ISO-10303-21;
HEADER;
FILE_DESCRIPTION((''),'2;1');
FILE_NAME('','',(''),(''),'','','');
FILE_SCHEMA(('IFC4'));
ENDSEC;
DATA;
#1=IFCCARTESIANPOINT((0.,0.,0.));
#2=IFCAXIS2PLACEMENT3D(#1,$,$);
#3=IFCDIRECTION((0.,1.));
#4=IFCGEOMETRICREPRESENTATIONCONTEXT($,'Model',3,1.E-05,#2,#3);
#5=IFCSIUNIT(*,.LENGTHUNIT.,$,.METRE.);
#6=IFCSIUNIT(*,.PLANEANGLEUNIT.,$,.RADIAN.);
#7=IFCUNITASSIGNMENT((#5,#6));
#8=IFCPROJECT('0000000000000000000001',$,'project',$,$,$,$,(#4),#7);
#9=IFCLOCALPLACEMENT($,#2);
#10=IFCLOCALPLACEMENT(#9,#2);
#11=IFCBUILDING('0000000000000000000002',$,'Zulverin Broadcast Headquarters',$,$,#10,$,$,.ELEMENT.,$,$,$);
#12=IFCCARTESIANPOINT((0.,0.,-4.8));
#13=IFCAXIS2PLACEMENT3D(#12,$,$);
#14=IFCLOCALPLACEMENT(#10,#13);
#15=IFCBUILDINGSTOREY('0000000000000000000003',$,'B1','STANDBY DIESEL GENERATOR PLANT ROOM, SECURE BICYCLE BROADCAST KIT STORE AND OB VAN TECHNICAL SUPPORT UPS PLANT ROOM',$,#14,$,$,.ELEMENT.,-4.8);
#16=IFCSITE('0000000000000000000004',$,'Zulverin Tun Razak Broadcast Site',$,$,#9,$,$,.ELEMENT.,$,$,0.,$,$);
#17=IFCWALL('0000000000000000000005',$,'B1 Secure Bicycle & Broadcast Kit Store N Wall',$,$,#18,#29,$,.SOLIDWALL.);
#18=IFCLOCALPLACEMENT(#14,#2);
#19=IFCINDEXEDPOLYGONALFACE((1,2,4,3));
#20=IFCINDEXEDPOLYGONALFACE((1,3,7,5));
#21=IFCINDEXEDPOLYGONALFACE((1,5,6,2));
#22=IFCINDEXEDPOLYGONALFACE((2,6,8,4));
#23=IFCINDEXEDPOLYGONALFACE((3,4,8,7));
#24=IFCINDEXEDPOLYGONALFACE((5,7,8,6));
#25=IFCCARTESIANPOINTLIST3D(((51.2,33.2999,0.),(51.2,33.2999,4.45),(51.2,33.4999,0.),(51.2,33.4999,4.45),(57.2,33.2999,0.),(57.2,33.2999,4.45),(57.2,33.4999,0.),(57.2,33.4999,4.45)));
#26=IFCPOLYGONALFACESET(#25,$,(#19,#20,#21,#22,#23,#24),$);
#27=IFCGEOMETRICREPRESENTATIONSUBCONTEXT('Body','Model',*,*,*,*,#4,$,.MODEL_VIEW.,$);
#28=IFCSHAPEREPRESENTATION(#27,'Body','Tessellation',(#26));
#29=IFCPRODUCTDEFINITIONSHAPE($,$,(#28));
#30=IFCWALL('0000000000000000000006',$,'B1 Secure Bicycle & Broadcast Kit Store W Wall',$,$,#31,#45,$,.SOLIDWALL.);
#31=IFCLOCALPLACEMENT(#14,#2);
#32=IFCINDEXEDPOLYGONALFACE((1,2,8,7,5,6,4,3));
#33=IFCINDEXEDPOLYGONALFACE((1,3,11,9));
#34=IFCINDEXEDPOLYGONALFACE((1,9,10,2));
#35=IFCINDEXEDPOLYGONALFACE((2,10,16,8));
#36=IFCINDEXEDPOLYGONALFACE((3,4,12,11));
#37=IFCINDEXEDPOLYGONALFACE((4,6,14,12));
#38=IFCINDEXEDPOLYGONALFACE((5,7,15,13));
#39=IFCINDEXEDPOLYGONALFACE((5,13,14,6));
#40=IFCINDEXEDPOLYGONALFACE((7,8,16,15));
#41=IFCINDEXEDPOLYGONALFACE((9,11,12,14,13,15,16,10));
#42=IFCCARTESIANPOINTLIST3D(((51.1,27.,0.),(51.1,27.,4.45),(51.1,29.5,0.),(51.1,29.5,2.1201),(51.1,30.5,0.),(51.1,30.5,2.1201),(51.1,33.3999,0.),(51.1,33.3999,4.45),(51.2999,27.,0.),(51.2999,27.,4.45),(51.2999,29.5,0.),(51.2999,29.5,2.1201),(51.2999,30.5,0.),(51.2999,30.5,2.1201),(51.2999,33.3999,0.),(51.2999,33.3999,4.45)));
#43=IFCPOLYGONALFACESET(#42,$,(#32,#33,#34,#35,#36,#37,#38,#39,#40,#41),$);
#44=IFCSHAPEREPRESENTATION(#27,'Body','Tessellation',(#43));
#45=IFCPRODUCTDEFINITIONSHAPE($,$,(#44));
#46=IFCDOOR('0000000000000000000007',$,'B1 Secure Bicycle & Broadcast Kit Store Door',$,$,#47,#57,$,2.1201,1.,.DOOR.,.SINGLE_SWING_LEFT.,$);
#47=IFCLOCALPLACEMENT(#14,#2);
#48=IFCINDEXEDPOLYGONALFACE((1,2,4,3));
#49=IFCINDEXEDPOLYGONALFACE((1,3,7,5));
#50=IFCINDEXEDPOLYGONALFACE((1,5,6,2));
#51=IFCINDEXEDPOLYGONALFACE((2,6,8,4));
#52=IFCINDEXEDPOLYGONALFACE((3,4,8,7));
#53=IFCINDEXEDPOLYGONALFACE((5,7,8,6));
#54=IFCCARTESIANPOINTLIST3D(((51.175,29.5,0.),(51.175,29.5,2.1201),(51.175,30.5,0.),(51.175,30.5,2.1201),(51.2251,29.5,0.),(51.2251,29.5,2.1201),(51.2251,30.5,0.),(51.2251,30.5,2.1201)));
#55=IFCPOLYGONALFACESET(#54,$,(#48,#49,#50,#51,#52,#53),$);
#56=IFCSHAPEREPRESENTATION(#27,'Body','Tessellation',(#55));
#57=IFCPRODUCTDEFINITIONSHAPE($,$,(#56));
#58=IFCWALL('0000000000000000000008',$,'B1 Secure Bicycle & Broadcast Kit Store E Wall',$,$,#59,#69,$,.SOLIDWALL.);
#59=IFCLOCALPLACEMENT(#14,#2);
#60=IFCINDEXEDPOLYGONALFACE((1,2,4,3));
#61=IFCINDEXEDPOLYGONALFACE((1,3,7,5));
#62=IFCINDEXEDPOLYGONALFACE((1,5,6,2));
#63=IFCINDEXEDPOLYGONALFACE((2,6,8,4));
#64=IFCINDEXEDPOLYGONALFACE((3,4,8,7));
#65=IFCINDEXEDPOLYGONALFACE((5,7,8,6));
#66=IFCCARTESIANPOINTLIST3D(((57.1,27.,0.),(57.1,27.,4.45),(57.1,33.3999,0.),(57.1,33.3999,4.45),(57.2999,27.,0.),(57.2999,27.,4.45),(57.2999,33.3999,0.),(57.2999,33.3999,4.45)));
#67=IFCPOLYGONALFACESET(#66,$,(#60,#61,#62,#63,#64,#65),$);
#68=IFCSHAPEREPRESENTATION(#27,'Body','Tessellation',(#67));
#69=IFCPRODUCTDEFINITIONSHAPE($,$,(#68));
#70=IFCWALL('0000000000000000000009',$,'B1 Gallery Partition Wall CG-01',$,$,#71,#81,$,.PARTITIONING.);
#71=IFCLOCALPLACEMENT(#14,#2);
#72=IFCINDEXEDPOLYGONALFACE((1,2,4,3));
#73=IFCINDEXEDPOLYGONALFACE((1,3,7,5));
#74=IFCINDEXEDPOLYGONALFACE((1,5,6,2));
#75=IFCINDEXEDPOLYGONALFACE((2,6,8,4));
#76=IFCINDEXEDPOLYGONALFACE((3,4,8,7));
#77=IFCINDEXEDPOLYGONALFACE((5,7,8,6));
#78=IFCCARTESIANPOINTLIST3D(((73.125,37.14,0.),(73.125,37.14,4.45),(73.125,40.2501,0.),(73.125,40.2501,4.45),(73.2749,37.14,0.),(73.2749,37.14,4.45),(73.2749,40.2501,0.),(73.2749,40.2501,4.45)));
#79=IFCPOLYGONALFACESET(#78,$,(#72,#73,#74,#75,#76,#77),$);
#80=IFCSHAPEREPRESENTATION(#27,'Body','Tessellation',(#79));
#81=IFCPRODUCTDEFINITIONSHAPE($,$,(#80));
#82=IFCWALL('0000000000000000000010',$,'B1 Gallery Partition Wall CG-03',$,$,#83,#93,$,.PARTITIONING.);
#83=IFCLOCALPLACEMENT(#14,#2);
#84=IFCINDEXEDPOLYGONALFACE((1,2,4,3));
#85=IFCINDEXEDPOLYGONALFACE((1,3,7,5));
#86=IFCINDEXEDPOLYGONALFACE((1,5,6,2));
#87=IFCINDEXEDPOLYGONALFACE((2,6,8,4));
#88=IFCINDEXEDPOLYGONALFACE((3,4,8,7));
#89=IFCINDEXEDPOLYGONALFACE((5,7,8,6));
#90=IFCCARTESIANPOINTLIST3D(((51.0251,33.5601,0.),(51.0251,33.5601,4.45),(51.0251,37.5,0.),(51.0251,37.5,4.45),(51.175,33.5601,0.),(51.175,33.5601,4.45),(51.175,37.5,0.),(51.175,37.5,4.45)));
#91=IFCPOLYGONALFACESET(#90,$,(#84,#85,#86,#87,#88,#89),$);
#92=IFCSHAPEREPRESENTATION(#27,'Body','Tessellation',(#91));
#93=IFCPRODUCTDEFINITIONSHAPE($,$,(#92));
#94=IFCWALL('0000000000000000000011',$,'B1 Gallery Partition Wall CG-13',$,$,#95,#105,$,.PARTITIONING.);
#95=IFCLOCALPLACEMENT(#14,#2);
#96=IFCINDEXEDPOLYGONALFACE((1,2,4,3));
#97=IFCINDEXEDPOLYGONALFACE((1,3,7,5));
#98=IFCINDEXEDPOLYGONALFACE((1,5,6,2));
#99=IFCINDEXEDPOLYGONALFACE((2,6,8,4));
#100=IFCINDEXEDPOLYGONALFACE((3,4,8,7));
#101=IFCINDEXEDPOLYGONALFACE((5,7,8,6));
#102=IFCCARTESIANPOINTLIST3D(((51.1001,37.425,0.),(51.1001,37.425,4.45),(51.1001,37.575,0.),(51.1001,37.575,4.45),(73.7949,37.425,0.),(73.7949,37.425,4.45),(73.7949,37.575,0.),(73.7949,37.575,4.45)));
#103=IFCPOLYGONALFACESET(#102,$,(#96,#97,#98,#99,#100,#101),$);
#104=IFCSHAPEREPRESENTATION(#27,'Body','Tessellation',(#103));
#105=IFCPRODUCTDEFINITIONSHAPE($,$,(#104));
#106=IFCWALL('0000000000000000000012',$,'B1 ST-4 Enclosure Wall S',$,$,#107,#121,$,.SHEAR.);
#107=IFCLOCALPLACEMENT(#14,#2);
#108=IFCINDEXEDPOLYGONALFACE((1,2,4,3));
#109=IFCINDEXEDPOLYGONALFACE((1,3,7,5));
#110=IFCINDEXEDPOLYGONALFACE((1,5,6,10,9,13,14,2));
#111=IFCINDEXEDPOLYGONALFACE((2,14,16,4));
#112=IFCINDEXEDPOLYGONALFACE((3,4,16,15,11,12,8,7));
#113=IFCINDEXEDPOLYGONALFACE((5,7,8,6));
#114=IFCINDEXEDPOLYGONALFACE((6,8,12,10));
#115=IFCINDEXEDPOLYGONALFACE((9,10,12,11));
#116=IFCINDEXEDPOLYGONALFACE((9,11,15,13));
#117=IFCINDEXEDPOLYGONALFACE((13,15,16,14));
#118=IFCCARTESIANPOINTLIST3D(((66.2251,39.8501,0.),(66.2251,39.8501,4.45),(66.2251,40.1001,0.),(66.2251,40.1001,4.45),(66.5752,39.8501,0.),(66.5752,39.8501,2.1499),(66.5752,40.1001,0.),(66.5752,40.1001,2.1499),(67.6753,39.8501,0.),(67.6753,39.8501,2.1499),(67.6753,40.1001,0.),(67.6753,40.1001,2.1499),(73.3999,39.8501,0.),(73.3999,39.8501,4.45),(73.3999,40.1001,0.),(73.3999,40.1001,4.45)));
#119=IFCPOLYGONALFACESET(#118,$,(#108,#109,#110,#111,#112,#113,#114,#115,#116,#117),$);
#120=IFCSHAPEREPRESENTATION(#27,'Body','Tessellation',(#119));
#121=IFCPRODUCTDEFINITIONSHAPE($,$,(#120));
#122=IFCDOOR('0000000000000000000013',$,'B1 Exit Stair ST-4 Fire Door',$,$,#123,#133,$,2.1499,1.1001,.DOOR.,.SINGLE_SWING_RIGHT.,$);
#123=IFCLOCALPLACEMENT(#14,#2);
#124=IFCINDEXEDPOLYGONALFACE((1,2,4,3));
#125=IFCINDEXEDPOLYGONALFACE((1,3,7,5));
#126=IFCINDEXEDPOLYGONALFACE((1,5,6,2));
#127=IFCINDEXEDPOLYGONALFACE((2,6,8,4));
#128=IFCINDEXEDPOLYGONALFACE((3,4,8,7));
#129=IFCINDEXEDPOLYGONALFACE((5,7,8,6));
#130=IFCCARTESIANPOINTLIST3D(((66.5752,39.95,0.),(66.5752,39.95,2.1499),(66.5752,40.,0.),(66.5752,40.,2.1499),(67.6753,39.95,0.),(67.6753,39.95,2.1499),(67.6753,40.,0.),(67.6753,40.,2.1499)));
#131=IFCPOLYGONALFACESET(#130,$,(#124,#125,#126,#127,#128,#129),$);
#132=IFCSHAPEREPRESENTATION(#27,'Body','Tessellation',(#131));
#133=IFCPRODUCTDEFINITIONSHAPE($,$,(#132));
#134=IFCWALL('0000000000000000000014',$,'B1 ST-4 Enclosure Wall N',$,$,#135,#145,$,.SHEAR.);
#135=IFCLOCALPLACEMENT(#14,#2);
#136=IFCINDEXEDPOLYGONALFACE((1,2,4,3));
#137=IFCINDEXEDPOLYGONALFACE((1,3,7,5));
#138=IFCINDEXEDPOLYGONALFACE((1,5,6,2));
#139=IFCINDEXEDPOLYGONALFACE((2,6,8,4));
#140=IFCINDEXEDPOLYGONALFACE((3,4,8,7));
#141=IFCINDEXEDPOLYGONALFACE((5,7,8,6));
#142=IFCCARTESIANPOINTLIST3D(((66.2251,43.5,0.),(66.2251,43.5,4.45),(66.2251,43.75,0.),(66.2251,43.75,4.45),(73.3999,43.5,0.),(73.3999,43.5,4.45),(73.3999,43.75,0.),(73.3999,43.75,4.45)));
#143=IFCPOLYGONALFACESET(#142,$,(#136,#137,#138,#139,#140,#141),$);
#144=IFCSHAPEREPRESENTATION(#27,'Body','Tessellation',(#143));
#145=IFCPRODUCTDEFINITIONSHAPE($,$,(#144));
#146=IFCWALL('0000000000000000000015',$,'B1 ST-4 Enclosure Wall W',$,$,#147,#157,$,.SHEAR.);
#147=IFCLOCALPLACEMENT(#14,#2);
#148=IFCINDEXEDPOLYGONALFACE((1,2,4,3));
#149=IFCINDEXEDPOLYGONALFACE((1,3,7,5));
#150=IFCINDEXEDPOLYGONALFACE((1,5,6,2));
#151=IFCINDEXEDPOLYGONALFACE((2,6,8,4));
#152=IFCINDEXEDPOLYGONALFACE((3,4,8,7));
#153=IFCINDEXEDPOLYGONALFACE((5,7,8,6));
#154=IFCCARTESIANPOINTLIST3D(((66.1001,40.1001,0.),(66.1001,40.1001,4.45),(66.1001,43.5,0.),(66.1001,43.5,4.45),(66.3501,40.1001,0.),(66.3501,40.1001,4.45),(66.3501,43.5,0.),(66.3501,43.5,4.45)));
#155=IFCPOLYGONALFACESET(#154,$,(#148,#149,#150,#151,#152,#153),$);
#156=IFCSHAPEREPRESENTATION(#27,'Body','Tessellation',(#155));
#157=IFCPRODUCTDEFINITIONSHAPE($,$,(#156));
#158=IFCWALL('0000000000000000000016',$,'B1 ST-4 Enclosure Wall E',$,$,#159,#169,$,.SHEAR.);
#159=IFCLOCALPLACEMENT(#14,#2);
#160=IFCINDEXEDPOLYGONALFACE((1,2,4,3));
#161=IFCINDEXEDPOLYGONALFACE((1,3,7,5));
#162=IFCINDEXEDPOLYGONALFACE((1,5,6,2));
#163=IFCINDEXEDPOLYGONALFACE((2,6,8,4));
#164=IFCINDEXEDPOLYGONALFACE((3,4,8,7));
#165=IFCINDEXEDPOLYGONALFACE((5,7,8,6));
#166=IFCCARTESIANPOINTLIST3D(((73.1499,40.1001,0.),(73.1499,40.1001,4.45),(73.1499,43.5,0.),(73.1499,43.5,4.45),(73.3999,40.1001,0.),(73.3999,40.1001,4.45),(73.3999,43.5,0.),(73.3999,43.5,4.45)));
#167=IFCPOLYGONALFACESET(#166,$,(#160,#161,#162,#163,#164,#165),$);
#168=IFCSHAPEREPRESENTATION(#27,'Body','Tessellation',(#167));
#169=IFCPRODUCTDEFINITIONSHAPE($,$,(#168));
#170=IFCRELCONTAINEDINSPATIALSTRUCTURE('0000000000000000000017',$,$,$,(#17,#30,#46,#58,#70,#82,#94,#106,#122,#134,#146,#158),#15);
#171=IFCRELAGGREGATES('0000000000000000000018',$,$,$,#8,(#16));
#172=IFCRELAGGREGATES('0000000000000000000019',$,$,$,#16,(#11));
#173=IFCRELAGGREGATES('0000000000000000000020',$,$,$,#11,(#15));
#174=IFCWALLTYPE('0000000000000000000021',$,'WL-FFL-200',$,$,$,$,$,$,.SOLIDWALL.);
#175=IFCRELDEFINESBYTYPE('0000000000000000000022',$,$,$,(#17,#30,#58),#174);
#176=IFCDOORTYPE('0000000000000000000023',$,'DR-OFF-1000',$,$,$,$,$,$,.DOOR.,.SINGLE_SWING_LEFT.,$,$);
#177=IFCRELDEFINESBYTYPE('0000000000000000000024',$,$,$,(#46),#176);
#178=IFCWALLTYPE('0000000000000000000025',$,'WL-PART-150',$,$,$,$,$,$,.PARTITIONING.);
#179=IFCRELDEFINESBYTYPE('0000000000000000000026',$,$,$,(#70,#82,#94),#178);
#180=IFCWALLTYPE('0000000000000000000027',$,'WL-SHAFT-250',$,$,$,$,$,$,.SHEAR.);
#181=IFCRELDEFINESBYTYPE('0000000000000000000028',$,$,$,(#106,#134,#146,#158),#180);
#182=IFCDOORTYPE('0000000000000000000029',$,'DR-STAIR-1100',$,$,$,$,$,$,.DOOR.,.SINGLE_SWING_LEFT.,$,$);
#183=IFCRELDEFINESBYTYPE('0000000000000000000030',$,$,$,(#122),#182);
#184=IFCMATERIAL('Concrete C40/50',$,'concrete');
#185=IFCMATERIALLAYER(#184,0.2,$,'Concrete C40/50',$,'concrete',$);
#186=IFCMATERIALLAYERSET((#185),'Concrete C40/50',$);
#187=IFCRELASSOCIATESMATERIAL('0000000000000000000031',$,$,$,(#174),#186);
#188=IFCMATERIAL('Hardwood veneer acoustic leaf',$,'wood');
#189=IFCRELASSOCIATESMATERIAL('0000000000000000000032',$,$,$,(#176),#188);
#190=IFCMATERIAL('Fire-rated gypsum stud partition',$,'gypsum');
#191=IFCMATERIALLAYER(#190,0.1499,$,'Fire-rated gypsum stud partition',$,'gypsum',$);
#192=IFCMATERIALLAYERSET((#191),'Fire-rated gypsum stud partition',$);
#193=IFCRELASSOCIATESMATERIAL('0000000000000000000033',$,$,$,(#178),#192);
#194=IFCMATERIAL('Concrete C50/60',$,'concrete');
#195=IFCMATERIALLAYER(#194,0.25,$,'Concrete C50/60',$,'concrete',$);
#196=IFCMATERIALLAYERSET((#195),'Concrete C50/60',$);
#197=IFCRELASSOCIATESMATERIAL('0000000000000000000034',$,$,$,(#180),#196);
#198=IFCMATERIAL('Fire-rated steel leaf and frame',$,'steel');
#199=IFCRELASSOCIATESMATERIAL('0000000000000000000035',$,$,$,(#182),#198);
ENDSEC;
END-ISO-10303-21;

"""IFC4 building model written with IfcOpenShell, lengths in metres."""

from ifc_helpers import new_model, si_unit, direction, frame, frame_2d, origin, place, context, subcontext, project, spatial, rectangle, extrude, material, layer, layer_set, type_object, element, fill, save


model = new_model("IFC4")

# Units and contexts
model_context = context("Model", 3, precision=1e-05, world=origin(), true_north=direction((0.0, 1.0)))
body_context = subcontext(model_context, "Body", "Model", "MODEL_VIEW")
ifc_project = project(units=[si_unit("LENGTHUNIT", "METRE"), si_unit("PLANEANGLEUNIT", "RADIAN")], contexts=[model_context])

# Site, building, storey
site_placement = place(None, origin())
site = spatial("IfcSite", under=ifc_project, at=site_placement, Name="Zulverin Tun Razak Broadcast Site", CompositionType="ELEMENT", RefElevation=0.0)
building_placement = place(site_placement, origin())
building = spatial("IfcBuilding", under=site, at=building_placement, Name="Zulverin Broadcast Headquarters", CompositionType="ELEMENT")
storey_placement = place(building_placement, frame((0.0, 0.0, -4.8)))
storey = spatial("IfcBuildingStorey", under=building, at=storey_placement, Name="B1", Description="STANDBY DIESEL GENERATOR PLANT ROOM, SECURE BICYCLE BROADCAST KIT STORE AND OB VAN TECHNICAL SUPPORT UPS PLANT ROOM", CompositionType="ELEMENT", Elevation=-4.8)

# Wall
ifc_material_1 = material(Name="Concrete C40/50", Category="concrete")
ifc_layer_1 = layer(ifc_material_1, 0.2, Name="Concrete C40/50", Category="concrete")
ifc_layer_set_1 = layer_set([ifc_layer_1], Name="Concrete C40/50")
wall_type_1 = type_object("IfcWallType", Name="WL-FFL-200", PredefinedType="SOLIDWALL", material=ifc_layer_set_1)
wall_1_placement = place(storey_placement, frame((51.2, 33.3999, 0.0), z_axis=(0.0, 0.0, 1.0), x_axis=(1.0, 0.0, 0.0)))
element("IfcWall", 1, at=wall_1_placement, inside=storey, type_object=wall_type_1, Name="B1 Secure Bicycle & Broadcast Kit Store N Wall", PredefinedType="SOLIDWALL", context=body_context, shape_type="SweptSolid", body=[
    extrude(rectangle(XDim=6.0, YDim=0.2, at=frame_2d((3.0, 0.0))), origin(), (0.0, 0.0, 1.0), 4.45),
])

# Wall, opening, door
wall_2_placement = place(storey_placement, frame((51.2, 27.0, 0.0), z_axis=(0.0, 0.0, 1.0), x_axis=(0.0, 1.0, 0.0)))
wall_2 = element("IfcWall", 2, at=wall_2_placement, inside=storey, type_object=wall_type_1, Name="B1 Secure Bicycle & Broadcast Kit Store W Wall", PredefinedType="SOLIDWALL", context=body_context, shape_type="SweptSolid", body=[
    extrude(rectangle(XDim=6.3999, YDim=0.2, at=frame_2d((3.2, 0.0))), origin(), (0.0, 0.0, 1.0), 4.45),
])
opening_1_placement = place(wall_2_placement, frame((2.5, 0.0, 0.0)))
opening_1 = element("IfcOpeningElement", 3, at=opening_1_placement, cuts=wall_2, PredefinedType="OPENING", context=body_context, shape_type="SweptSolid", body=[
    extrude(rectangle(XDim=1.0, YDim=2.1201, at=frame_2d((0.5, 1.0601))), frame((0.0, 0.1099, 0.0), z_axis=(0.0, -1.0, 0.0), x_axis=(1.0, 0.0, 0.0)), (0.0, 0.0, 1.0), 0.22),
])
ifc_material_2 = material(Name="Hardwood veneer acoustic leaf", Category="wood")
door_type_1 = type_object("IfcDoorType", Name="DR-OFF-1000", OperationType="SINGLE_SWING_LEFT", PredefinedType="DOOR", material=ifc_material_2)
door_1_placement = place(opening_1_placement, origin())
door_1 = element("IfcDoor", 4, at=door_1_placement, inside=storey, type_object=door_type_1, Name="B1 Secure Bicycle & Broadcast Kit Store Door", OperationType="SINGLE_SWING_LEFT", OverallHeight=2.1201, OverallWidth=1.0, PredefinedType="DOOR", context=body_context, shape_type="SweptSolid", body=[
    extrude(rectangle(XDim=1.0, YDim=2.1201, at=frame_2d((0.5, 1.0601))), frame((0.0, 0.0249, 0.0), z_axis=(0.0, -1.0, 0.0), x_axis=(1.0, 0.0, 0.0)), (0.0, 0.0, 1.0), 0.05),
])
fill(opening_1, door_1)

# Walls
wall_3_placement = place(storey_placement, frame((57.2, 27.0, 0.0), z_axis=(0.0, 0.0, 1.0), x_axis=(0.0, 1.0, 0.0)))
element("IfcWall", 5, at=wall_3_placement, inside=storey, type_object=wall_type_1, Name="B1 Secure Bicycle & Broadcast Kit Store E Wall", PredefinedType="SOLIDWALL", context=body_context, shape_type="SweptSolid", body=[
    extrude(rectangle(XDim=6.3999, YDim=0.2, at=frame_2d((3.2, 0.0))), origin(), (0.0, 0.0, 1.0), 4.45),
])
ifc_material_3 = material(Name="Fire-rated gypsum stud partition", Category="gypsum")
ifc_layer_2 = layer(ifc_material_3, 0.1499, Name="Fire-rated gypsum stud partition", Category="gypsum")
ifc_layer_set_2 = layer_set([ifc_layer_2], Name="Fire-rated gypsum stud partition")
wall_type_2 = type_object("IfcWallType", Name="WL-PART-150", PredefinedType="PARTITIONING", material=ifc_layer_set_2)
wall_4_placement = place(storey_placement, frame((73.2, 37.1399, 0.0), z_axis=(0.0, 0.0, 1.0), x_axis=(0.0, 1.0, 0.0)))
element("IfcWall", 6, at=wall_4_placement, inside=storey, type_object=wall_type_2, Name="B1 Gallery Partition Wall CG-01", PredefinedType="PARTITIONING", context=body_context, shape_type="SweptSolid", body=[
    extrude(rectangle(XDim=3.1101, YDim=0.1499, at=frame_2d((1.5552, 0.0))), origin(), (0.0, 0.0, 1.0), 4.45),
])
wall_5_placement = place(storey_placement, frame((51.1001, 33.5601, 0.0), z_axis=(0.0, 0.0, 1.0), x_axis=(0.0, 1.0, 0.0)))
element("IfcWall", 7, at=wall_5_placement, inside=storey, type_object=wall_type_2, Name="B1 Gallery Partition Wall CG-03", PredefinedType="PARTITIONING", context=body_context, shape_type="SweptSolid", body=[
    extrude(rectangle(XDim=3.9399, YDim=0.1499, at=frame_2d((1.97, 0.0))), origin(), (0.0, 0.0, 1.0), 4.45),
])
wall_6_placement = place(storey_placement, frame((51.1001, 37.5, 0.0), z_axis=(0.0, 0.0, 1.0), x_axis=(1.0, 0.0, 0.0)))
element("IfcWall", 8, at=wall_6_placement, inside=storey, type_object=wall_type_2, Name="B1 Gallery Partition Wall CG-13", PredefinedType="PARTITIONING", context=body_context, shape_type="SweptSolid", body=[
    extrude(rectangle(XDim=22.6948, YDim=0.1499, at=frame_2d((11.3474, 0.0))), origin(), (0.0, 0.0, 1.0), 4.45),
])

# Wall, opening, door
ifc_material_4 = material(Name="Concrete C50/60", Category="concrete")
ifc_layer_3 = layer(ifc_material_4, 0.25, Name="Concrete C50/60", Category="concrete")
ifc_layer_set_3 = layer_set([ifc_layer_3], Name="Concrete C50/60")
wall_type_3 = type_object("IfcWallType", Name="WL-SHAFT-250", PredefinedType="SHEAR", material=ifc_layer_set_3)
wall_7_placement = place(storey_placement, frame((66.2251, 39.9751, 0.0), z_axis=(0.0, 0.0, 1.0), x_axis=(1.0, 0.0, 0.0)))
wall_7 = element("IfcWall", 9, at=wall_7_placement, inside=storey, type_object=wall_type_3, Name="B1 ST-4 Enclosure Wall S", PredefinedType="SHEAR", context=body_context, shape_type="SweptSolid", body=[
    extrude(rectangle(XDim=7.1748, YDim=0.25, at=frame_2d((3.5874, 0.0))), origin(), (0.0, 0.0, 1.0), 4.45),
])
opening_2_placement = place(wall_7_placement, frame((0.3501, 0.0, 0.0)))
opening_2 = element("IfcOpeningElement", 10, at=opening_2_placement, cuts=wall_7, PredefinedType="OPENING", context=body_context, shape_type="SweptSolid", body=[
    extrude(rectangle(XDim=1.1001, YDim=2.1499, at=frame_2d((0.55, 1.075))), frame((0.0, 0.135, 0.0), z_axis=(0.0, -1.0, 0.0), x_axis=(1.0, 0.0, 0.0)), (0.0, 0.0, 1.0), 0.27),
])
ifc_material_5 = material(Name="Fire-rated steel leaf and frame", Category="steel")
door_type_2 = type_object("IfcDoorType", Name="DR-STAIR-1100", OperationType="SINGLE_SWING_LEFT", PredefinedType="DOOR", material=ifc_material_5)
door_2_placement = place(opening_2_placement, origin())
door_2 = element("IfcDoor", 11, at=door_2_placement, inside=storey, type_object=door_type_2, Name="B1 Exit Stair ST-4 Fire Door", OperationType="SINGLE_SWING_RIGHT", OverallHeight=2.1499, OverallWidth=1.1001, PredefinedType="DOOR", context=body_context, shape_type="SweptSolid", body=[
    extrude(rectangle(XDim=1.1001, YDim=2.1499, at=frame_2d((0.55, 1.075))), frame((0.0, 0.0249, 0.0), z_axis=(0.0, -1.0, 0.0), x_axis=(1.0, 0.0, 0.0)), (0.0, 0.0, 1.0), 0.05),
])
fill(opening_2, door_2)

# Walls
wall_8_placement = place(storey_placement, frame((66.2251, 43.625, 0.0), z_axis=(0.0, 0.0, 1.0), x_axis=(1.0, 0.0, 0.0)))
element("IfcWall", 12, at=wall_8_placement, inside=storey, type_object=wall_type_3, Name="B1 ST-4 Enclosure Wall N", PredefinedType="SHEAR", context=body_context, shape_type="SweptSolid", body=[
    extrude(rectangle(XDim=7.1748, YDim=0.25, at=frame_2d((3.5874, 0.0))), origin(), (0.0, 0.0, 1.0), 4.45),
])
for number, where, z_axis, x_axis, name in (
    (13, (66.2251, 40.1001, 0.0), (0.0, 0.0, 1.0), (0.0, 1.0, 0.0), "B1 ST-4 Enclosure Wall W"),
    (14, (73.2749, 40.1001, 0.0), (0.0, 0.0, 1.0), (0.0, 1.0, 0.0), "B1 ST-4 Enclosure Wall E"),
):
    element("IfcWall", number, at=place(storey_placement, frame(where, z_axis=z_axis, x_axis=x_axis)), inside=storey, type_object=wall_type_3, Name=name, PredefinedType="SHEAR", context=body_context, shape_type="SweptSolid", body=[
        extrude(rectangle(XDim=3.3999, YDim=0.25, at=frame_2d((1.7, 0.0))), origin(), (0.0, 0.0, 1.0), 4.45),
    ])

save(model, "model.ifc")
